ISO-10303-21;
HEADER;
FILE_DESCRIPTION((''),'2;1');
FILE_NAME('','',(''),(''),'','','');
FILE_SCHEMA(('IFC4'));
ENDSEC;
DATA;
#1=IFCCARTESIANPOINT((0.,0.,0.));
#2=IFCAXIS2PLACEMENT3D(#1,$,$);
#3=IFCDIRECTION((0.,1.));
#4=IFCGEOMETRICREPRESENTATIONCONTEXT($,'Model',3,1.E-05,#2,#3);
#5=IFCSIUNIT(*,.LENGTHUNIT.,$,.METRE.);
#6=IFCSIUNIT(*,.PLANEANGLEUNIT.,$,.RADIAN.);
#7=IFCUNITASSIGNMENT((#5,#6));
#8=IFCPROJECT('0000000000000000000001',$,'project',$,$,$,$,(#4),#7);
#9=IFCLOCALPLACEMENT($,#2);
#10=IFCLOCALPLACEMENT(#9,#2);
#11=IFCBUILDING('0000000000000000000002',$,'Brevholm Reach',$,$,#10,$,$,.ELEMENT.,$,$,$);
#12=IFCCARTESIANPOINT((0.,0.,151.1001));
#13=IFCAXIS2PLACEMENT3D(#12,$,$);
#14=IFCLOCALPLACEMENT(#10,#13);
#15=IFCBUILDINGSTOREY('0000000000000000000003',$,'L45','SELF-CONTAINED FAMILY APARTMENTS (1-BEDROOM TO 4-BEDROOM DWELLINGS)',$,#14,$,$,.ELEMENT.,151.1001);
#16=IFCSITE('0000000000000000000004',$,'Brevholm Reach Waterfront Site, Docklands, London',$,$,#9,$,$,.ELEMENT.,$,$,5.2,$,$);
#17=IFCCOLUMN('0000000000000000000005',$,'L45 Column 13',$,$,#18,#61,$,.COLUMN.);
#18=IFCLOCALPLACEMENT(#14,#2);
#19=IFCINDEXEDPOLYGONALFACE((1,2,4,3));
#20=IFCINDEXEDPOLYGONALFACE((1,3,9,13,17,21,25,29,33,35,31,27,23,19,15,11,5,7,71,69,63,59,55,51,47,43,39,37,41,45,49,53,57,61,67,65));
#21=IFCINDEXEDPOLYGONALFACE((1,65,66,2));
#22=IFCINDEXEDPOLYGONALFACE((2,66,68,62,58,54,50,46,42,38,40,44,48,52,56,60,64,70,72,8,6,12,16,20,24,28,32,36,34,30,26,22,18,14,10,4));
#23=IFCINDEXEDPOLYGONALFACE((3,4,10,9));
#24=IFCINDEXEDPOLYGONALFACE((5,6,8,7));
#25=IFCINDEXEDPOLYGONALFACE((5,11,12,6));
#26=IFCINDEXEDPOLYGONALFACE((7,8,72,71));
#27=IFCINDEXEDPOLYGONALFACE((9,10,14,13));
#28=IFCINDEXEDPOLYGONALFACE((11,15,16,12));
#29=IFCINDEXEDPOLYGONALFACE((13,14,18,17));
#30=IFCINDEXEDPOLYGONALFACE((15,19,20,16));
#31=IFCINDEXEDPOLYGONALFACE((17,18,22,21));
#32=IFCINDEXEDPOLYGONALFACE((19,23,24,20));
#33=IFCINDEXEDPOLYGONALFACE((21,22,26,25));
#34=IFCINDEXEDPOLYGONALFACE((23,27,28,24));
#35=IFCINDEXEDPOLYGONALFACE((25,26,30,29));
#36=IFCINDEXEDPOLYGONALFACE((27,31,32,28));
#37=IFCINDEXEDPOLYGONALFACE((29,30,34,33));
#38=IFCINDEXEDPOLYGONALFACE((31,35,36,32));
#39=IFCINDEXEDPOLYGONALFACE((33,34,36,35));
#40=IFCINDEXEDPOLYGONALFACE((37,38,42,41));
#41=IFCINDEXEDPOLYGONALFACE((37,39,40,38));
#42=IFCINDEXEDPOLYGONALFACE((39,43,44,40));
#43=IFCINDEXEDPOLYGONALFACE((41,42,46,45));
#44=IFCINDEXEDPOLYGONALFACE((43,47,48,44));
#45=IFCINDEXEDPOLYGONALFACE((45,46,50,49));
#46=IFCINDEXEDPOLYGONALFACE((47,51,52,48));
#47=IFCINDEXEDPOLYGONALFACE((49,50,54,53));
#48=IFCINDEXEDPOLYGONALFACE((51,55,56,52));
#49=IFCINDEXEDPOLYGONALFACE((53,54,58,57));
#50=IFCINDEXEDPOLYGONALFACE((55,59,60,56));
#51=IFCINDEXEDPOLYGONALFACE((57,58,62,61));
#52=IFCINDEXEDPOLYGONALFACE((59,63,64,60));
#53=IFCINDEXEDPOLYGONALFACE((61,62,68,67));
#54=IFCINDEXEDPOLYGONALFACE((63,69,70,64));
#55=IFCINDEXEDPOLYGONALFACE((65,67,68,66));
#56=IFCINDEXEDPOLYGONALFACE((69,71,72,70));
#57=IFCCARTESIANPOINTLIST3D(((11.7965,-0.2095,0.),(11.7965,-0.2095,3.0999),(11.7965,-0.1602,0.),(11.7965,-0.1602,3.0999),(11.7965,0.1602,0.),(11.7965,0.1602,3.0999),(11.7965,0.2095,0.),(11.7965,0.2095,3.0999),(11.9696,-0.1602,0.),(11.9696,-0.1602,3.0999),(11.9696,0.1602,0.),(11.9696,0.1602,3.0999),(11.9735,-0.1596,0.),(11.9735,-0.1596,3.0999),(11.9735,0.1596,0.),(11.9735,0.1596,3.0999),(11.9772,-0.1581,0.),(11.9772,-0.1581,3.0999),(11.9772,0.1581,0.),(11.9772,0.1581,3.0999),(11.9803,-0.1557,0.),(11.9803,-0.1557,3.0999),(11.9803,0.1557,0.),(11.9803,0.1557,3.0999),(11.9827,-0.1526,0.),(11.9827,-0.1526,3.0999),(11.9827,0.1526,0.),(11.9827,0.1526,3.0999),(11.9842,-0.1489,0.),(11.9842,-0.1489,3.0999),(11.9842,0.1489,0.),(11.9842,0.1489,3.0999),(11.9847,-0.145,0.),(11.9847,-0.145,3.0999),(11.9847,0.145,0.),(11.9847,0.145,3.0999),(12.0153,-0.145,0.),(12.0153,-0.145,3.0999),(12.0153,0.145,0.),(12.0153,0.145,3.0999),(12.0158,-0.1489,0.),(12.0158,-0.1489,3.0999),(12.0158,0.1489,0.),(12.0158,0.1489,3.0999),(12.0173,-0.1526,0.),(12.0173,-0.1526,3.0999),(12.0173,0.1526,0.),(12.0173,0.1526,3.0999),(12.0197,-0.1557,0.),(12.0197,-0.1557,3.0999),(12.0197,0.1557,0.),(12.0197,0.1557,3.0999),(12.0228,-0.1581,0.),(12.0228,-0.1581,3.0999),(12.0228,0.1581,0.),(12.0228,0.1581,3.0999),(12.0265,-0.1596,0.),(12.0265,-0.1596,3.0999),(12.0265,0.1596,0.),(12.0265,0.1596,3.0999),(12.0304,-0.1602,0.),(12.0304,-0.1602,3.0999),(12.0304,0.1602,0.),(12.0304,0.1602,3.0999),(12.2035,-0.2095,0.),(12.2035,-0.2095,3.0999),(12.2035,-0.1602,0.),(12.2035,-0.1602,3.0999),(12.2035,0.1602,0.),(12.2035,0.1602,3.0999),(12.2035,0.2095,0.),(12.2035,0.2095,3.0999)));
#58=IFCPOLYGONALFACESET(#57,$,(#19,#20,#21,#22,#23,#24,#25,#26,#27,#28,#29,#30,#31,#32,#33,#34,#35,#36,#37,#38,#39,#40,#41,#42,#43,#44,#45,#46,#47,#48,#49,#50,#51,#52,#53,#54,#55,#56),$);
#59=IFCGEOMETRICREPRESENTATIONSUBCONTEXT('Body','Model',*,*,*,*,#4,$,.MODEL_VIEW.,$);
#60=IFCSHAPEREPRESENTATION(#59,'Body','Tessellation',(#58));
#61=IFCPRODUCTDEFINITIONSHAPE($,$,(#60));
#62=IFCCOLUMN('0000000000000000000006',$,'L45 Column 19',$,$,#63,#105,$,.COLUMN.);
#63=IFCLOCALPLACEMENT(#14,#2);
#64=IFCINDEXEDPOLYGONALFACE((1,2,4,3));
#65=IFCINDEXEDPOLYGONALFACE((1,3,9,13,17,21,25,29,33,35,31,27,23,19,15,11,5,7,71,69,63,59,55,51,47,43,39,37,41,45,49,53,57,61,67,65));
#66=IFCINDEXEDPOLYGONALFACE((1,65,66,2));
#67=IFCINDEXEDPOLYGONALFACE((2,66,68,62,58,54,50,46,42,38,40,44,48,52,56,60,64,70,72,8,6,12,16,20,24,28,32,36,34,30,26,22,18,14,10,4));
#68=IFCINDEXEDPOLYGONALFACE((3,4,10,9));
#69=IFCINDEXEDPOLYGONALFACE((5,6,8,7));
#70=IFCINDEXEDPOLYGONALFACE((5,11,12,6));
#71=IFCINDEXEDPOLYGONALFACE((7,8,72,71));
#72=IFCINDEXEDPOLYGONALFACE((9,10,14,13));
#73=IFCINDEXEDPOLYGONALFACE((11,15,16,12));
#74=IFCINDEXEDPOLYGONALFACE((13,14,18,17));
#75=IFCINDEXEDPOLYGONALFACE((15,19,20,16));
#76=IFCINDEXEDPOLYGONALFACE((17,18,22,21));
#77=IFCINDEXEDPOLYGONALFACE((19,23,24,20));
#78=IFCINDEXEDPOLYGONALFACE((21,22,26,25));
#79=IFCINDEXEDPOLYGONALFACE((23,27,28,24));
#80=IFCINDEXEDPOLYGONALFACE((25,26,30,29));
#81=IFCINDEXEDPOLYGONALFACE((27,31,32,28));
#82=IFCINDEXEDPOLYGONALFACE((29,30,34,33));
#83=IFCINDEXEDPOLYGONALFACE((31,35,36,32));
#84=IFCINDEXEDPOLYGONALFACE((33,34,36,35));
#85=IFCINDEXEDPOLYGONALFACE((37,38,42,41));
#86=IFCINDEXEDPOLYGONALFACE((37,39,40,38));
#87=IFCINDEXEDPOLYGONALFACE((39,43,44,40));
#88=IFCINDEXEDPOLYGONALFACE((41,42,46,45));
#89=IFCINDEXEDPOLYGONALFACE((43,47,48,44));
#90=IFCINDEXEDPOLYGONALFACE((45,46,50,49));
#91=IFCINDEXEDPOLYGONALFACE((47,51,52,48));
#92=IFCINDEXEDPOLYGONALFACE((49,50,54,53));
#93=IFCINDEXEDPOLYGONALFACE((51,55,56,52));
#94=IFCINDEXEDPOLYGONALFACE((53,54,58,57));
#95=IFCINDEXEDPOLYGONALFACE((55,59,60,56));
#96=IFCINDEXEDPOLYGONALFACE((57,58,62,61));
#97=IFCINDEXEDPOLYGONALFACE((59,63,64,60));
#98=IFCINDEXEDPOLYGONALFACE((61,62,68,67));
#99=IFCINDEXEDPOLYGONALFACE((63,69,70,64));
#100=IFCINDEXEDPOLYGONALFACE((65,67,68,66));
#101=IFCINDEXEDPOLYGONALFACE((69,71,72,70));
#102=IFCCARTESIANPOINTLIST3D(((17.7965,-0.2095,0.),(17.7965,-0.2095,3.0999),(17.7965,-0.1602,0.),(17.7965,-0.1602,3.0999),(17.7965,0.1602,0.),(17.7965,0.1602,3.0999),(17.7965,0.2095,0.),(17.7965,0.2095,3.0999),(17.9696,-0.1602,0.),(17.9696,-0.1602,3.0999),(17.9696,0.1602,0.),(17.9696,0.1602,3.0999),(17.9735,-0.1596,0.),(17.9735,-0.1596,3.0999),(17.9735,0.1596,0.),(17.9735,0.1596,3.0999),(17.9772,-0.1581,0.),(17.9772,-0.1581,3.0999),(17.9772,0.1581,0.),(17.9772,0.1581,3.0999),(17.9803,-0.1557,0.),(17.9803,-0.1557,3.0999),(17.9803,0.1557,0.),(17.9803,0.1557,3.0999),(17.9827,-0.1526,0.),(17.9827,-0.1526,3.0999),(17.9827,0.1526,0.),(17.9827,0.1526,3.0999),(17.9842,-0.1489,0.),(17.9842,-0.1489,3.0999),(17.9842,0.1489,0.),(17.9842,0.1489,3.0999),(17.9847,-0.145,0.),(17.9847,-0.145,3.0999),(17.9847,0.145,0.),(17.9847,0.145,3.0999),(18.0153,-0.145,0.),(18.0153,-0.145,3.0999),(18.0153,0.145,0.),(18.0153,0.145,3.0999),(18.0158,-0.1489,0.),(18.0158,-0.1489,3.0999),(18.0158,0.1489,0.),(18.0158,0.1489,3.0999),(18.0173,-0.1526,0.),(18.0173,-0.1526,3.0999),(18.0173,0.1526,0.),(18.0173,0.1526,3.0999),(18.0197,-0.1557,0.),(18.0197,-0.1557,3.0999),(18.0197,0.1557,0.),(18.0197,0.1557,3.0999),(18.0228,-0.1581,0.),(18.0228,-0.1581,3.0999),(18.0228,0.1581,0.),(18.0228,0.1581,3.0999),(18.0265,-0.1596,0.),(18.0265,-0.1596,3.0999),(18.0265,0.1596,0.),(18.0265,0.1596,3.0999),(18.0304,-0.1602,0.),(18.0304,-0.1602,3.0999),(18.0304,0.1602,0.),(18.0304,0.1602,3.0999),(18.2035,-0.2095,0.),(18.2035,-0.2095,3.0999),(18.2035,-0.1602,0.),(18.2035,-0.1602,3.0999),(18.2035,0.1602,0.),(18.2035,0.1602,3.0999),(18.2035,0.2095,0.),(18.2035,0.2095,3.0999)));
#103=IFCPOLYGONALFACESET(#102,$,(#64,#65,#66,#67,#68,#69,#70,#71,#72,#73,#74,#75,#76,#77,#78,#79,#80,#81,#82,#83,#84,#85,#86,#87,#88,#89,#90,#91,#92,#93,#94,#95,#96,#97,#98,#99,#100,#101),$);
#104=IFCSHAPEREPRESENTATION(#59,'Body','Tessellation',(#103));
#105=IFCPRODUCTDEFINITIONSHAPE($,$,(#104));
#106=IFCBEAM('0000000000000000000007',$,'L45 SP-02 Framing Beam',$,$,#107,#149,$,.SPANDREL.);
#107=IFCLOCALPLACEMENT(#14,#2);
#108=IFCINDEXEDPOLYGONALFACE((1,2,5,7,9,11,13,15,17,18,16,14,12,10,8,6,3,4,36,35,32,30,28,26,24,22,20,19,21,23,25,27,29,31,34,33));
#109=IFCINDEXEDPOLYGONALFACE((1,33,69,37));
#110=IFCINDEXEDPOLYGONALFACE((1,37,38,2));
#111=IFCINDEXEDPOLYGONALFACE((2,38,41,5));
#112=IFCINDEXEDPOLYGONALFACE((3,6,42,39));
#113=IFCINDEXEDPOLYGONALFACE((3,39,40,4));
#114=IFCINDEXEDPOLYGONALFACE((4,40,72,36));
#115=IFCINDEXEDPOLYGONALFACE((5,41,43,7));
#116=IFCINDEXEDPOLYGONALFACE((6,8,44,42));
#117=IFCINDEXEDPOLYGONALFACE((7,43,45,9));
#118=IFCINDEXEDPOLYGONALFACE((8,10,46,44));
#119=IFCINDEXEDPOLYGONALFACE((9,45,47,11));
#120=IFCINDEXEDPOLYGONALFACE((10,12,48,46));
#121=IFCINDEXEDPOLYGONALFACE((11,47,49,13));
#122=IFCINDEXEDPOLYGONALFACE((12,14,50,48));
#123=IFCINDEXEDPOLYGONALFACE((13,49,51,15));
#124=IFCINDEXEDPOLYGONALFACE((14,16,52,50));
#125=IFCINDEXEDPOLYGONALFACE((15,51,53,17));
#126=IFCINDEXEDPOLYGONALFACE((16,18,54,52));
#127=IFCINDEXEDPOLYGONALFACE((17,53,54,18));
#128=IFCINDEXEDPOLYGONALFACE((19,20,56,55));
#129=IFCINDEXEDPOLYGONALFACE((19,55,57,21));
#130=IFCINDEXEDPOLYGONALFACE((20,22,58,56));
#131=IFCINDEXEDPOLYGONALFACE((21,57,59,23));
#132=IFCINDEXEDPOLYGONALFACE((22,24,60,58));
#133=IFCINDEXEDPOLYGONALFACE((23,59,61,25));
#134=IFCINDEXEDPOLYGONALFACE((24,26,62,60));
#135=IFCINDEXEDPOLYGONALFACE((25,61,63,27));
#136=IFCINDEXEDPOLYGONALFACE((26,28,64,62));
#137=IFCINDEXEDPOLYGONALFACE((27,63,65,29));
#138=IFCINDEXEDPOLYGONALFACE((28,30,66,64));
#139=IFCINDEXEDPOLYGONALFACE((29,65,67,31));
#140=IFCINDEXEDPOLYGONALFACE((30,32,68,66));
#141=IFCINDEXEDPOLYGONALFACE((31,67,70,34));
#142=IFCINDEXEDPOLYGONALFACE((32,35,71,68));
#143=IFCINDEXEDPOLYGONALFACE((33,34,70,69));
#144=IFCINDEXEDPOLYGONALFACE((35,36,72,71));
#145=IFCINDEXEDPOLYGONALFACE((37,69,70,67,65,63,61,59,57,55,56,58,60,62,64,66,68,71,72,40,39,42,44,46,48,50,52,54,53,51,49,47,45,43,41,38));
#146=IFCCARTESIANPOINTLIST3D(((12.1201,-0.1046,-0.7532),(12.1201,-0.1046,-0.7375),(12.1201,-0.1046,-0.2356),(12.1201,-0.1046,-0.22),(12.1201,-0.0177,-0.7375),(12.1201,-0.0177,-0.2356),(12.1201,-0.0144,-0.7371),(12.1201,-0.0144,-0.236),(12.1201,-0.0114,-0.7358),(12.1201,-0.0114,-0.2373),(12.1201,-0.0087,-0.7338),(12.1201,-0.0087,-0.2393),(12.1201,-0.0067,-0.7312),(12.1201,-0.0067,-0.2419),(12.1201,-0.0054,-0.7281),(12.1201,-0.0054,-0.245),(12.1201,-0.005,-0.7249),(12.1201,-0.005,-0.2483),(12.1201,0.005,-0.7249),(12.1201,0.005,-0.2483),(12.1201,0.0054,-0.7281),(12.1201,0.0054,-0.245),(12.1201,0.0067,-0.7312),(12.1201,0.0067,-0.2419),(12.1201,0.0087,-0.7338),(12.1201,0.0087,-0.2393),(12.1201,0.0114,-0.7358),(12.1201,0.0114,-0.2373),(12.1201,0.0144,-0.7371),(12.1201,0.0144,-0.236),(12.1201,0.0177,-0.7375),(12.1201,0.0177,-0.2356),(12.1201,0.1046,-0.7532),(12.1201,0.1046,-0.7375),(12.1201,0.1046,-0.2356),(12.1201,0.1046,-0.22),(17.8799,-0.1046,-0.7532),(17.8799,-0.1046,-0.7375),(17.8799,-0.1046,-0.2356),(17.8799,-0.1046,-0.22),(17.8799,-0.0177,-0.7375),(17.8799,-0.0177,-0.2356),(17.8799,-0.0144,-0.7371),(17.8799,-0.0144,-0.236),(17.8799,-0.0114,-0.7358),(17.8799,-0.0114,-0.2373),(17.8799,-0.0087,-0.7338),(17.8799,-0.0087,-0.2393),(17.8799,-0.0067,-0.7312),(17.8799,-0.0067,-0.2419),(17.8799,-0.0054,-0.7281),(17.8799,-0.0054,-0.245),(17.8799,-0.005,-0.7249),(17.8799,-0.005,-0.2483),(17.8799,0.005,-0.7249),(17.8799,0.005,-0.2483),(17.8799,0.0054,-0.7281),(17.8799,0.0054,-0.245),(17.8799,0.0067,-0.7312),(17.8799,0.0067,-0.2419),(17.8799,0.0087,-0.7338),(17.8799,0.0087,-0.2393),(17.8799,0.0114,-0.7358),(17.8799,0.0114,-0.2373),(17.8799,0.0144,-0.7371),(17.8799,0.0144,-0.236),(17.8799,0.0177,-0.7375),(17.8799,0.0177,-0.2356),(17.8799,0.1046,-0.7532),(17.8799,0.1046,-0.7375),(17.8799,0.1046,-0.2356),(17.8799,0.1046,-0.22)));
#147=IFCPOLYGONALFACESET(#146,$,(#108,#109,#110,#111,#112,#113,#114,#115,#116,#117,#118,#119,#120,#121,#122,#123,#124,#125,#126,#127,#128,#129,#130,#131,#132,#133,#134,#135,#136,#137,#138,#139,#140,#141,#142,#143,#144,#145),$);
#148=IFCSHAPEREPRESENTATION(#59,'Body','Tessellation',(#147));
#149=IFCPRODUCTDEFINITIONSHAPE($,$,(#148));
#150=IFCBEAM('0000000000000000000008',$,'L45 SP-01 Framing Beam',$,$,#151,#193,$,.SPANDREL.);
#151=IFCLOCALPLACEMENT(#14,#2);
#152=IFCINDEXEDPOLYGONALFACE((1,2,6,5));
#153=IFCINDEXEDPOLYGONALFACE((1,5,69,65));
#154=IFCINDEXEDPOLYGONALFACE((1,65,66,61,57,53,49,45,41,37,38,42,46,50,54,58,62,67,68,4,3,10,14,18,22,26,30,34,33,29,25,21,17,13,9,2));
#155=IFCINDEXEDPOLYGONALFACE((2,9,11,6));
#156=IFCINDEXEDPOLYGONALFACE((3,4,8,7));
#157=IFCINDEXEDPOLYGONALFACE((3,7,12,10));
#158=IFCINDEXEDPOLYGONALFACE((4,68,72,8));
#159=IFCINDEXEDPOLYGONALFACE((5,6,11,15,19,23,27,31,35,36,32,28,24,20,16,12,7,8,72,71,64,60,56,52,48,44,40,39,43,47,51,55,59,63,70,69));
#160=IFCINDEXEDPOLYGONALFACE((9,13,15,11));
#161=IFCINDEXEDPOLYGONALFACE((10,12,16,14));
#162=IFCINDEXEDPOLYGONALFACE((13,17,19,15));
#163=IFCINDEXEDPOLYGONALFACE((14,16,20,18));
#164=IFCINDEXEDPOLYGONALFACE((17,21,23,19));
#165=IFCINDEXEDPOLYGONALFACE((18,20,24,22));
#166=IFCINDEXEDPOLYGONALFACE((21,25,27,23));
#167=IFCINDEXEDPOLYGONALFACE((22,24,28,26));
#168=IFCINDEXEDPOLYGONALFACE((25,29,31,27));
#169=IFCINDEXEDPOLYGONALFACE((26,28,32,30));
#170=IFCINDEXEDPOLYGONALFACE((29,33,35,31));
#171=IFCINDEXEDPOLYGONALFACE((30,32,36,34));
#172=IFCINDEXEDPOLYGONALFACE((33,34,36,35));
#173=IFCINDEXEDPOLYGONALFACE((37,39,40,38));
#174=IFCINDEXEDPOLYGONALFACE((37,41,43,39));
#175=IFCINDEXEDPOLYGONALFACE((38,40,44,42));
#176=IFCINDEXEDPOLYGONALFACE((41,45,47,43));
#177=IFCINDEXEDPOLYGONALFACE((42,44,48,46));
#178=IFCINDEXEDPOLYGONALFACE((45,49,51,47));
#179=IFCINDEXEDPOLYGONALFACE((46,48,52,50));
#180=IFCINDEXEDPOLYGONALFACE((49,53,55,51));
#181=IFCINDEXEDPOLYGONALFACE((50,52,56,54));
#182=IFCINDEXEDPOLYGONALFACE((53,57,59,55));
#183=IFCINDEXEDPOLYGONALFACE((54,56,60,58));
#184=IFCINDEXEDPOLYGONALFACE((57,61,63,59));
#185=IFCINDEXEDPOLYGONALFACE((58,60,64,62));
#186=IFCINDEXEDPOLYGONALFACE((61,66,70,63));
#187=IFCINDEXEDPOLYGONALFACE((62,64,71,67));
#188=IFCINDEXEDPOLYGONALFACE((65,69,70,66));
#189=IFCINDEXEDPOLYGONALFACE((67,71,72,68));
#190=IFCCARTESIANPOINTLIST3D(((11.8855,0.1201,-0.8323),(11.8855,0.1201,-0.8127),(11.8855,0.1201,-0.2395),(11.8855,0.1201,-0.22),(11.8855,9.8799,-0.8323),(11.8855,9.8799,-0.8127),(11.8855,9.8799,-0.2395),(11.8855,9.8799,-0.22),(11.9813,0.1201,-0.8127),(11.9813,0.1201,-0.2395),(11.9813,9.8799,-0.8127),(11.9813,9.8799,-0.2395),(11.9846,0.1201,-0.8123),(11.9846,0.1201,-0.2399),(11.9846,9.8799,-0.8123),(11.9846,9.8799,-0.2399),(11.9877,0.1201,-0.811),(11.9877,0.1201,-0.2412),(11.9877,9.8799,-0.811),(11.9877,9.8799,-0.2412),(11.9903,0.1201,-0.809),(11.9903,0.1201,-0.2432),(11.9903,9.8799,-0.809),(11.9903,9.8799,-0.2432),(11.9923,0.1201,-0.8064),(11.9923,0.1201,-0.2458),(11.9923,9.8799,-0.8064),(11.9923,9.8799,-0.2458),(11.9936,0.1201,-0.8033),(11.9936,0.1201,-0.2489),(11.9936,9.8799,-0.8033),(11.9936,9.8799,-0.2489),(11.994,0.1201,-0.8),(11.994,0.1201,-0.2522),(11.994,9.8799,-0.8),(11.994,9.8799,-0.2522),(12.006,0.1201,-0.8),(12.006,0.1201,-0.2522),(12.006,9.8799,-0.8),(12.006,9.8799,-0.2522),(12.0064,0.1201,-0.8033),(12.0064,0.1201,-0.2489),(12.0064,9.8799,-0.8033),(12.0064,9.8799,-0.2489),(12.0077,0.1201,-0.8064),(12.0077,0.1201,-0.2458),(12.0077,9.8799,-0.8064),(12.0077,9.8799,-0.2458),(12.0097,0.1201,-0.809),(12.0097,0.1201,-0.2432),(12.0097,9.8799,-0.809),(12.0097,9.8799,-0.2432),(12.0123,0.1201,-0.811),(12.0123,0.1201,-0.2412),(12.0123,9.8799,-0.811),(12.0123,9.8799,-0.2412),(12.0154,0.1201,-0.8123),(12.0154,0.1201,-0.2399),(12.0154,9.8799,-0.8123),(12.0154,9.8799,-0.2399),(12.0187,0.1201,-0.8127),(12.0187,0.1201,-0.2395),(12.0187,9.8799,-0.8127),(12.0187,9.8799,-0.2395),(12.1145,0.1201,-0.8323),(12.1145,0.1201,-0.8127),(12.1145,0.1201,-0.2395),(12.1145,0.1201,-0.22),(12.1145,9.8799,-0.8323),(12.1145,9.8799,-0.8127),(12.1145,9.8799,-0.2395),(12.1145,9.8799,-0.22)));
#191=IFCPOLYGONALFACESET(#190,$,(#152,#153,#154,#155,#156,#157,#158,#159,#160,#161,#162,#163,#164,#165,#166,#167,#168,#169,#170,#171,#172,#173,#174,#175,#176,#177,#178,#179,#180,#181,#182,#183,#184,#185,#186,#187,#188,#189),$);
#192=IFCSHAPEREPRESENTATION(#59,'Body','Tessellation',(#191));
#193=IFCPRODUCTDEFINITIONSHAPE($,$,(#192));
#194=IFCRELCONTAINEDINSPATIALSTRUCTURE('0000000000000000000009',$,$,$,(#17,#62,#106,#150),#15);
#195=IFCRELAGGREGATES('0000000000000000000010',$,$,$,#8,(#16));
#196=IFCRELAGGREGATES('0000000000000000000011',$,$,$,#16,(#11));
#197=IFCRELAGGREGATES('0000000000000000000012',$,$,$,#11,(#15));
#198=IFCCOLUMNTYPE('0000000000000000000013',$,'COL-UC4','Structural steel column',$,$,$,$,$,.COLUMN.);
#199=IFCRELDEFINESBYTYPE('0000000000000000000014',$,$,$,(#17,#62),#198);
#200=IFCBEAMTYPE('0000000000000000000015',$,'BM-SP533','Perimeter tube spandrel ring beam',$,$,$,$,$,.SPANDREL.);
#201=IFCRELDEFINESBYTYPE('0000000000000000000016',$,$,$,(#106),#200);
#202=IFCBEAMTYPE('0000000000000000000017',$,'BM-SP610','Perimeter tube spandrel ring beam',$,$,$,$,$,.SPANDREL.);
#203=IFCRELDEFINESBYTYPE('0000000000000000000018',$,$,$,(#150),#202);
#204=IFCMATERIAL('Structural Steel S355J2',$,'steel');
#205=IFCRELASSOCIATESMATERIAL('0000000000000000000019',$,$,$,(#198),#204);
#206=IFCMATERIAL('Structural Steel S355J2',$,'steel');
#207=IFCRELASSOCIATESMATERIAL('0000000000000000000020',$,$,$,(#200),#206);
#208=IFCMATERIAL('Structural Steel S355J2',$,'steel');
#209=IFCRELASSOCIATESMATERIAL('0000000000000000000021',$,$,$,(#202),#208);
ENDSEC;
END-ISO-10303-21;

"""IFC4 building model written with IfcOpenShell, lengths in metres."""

from ifc_helpers import new_model, si_unit, direction, frame, origin, origin_2d, place, context, subcontext, project, spatial, i_section, extrude, material, material_profile, profile_set, type_object, element, save


model = new_model("IFC4")

# Units and contexts
model_context = context("Model", 3, precision=1e-05, world=origin(), true_north=direction((0.0, 1.0)))
body_context = subcontext(model_context, "Body", "Model", "MODEL_VIEW")
ifc_project = project(units=[si_unit("LENGTHUNIT", "METRE"), si_unit("PLANEANGLEUNIT", "RADIAN")], contexts=[model_context])

# Site, building, storey
site_placement = place(None, origin())
site = spatial("IfcSite", under=ifc_project, at=site_placement, Name="Brevholm Reach Waterfront Site, Docklands, London", CompositionType="ELEMENT", RefElevation=5.2)
building_placement = place(site_placement, origin())
building = spatial("IfcBuilding", under=site, at=building_placement, Name="Brevholm Reach", CompositionType="ELEMENT")
storey_placement = place(building_placement, frame((0.0, 0.0, 151.1001)))
storey = spatial("IfcBuildingStorey", under=building, at=storey_placement, Name="L45", Description="SELF-CONTAINED FAMILY APARTMENTS (1-BEDROOM TO 4-BEDROOM DWELLINGS)", CompositionType="ELEMENT", Elevation=151.1001)

# Columns
ifc_material_1 = material(Name="Structural Steel S355J2", Category="steel")
ifc_material_profile_1 = material_profile(ifc_material_1, i_section(OverallWidth=0.407, OverallDepth=0.4189, WebThickness=0.0305, FlangeThickness=0.0493, FilletRadius=0.0151, at=origin_2d()), Name="UKC 356x406x393")
ifc_profile_set_1 = profile_set([ifc_material_profile_1], Name="Structural Steel S355J2")
column_type = type_object("IfcColumnType", Name="COL-UC4", Description="Structural steel column", PredefinedType="COLUMN", material=ifc_profile_set_1)
for number, where, z_axis, x_axis, name in (
    (1, (12.0, 0.0, 0.0), (0.0, 0.0, 1.0), (1.0, 0.0, 0.0), "L45 Column 13"),
    (2, (18.0, 0.0, 0.0), (0.0, 0.0, 1.0), (1.0, 0.0, 0.0), "L45 Column 19"),
):
    element("IfcColumn", number, at=place(storey_placement, frame(where, z_axis=z_axis, x_axis=x_axis)), inside=storey, type_object=column_type, Name=name, PredefinedType="COLUMN", context=body_context, shape_type="SweptSolid", body=[
        extrude(i_section(OverallWidth=0.407, OverallDepth=0.4189, WebThickness=0.0305, FlangeThickness=0.0493, FilletRadius=0.0151, at=origin_2d()), origin(), (0.0, 0.0, 1.0), 3.0999),
    ])

# Beams
ifc_material_2 = material(Name="Structural Steel S355J2", Category="steel")
ifc_material_profile_2 = material_profile(ifc_material_2, i_section(OverallWidth=0.2092, OverallDepth=0.5332, WebThickness=0.01, FlangeThickness=0.0156, FilletRadius=0.0127, at=origin_2d()), Name="UKB 533x210x92")
ifc_profile_set_2 = profile_set([ifc_material_profile_2], Name="Structural Steel S355J2")
beam_type_1 = type_object("IfcBeamType", Name="BM-SP533", Description="Perimeter tube spandrel ring beam", PredefinedType="SPANDREL", material=ifc_profile_set_2)
beam_1_placement = place(storey_placement, frame((12.1201, 0.0, -0.4866), z_axis=(1.0, 0.0, 0.0), x_axis=(0.0, 1.0, 0.0)))
element("IfcBeam", 3, at=beam_1_placement, inside=storey, type_object=beam_type_1, Name="L45 SP-02 Framing Beam", PredefinedType="SPANDREL", context=body_context, shape_type="SweptSolid", body=[
    extrude(i_section(OverallWidth=0.2092, OverallDepth=0.5332, WebThickness=0.01, FlangeThickness=0.0156, FilletRadius=0.0127, at=origin_2d()), origin(), (0.0, 0.0, 1.0), 5.7598),
])
ifc_material_3 = material(Name="Structural Steel S355J2", Category="steel")
ifc_material_profile_3 = material_profile(ifc_material_3, i_section(OverallWidth=0.229, OverallDepth=0.6123, WebThickness=0.012, FlangeThickness=0.0195, FilletRadius=0.0127, at=origin_2d()), Name="UKB 610x229x125")
ifc_profile_set_3 = profile_set([ifc_material_profile_3], Name="Structural Steel S355J2")
beam_type_2 = type_object("IfcBeamType", Name="BM-SP610", Description="Perimeter tube spandrel ring beam", PredefinedType="SPANDREL", material=ifc_profile_set_3)
beam_2_placement = place(storey_placement, frame((12.0, 0.1201, -0.5261), z_axis=(0.0, 1.0, 0.0), x_axis=(-1.0, 0.0, 0.0)))
element("IfcBeam", 4, at=beam_2_placement, inside=storey, type_object=beam_type_2, Name="L45 SP-01 Framing Beam", PredefinedType="SPANDREL", context=body_context, shape_type="SweptSolid", body=[
    extrude(i_section(OverallWidth=0.229, OverallDepth=0.6123, WebThickness=0.012, FlangeThickness=0.0195, FilletRadius=0.0127, at=origin_2d()), origin(), (0.0, 0.0, 1.0), 9.7598),
])

save(model, "model.ifc")
